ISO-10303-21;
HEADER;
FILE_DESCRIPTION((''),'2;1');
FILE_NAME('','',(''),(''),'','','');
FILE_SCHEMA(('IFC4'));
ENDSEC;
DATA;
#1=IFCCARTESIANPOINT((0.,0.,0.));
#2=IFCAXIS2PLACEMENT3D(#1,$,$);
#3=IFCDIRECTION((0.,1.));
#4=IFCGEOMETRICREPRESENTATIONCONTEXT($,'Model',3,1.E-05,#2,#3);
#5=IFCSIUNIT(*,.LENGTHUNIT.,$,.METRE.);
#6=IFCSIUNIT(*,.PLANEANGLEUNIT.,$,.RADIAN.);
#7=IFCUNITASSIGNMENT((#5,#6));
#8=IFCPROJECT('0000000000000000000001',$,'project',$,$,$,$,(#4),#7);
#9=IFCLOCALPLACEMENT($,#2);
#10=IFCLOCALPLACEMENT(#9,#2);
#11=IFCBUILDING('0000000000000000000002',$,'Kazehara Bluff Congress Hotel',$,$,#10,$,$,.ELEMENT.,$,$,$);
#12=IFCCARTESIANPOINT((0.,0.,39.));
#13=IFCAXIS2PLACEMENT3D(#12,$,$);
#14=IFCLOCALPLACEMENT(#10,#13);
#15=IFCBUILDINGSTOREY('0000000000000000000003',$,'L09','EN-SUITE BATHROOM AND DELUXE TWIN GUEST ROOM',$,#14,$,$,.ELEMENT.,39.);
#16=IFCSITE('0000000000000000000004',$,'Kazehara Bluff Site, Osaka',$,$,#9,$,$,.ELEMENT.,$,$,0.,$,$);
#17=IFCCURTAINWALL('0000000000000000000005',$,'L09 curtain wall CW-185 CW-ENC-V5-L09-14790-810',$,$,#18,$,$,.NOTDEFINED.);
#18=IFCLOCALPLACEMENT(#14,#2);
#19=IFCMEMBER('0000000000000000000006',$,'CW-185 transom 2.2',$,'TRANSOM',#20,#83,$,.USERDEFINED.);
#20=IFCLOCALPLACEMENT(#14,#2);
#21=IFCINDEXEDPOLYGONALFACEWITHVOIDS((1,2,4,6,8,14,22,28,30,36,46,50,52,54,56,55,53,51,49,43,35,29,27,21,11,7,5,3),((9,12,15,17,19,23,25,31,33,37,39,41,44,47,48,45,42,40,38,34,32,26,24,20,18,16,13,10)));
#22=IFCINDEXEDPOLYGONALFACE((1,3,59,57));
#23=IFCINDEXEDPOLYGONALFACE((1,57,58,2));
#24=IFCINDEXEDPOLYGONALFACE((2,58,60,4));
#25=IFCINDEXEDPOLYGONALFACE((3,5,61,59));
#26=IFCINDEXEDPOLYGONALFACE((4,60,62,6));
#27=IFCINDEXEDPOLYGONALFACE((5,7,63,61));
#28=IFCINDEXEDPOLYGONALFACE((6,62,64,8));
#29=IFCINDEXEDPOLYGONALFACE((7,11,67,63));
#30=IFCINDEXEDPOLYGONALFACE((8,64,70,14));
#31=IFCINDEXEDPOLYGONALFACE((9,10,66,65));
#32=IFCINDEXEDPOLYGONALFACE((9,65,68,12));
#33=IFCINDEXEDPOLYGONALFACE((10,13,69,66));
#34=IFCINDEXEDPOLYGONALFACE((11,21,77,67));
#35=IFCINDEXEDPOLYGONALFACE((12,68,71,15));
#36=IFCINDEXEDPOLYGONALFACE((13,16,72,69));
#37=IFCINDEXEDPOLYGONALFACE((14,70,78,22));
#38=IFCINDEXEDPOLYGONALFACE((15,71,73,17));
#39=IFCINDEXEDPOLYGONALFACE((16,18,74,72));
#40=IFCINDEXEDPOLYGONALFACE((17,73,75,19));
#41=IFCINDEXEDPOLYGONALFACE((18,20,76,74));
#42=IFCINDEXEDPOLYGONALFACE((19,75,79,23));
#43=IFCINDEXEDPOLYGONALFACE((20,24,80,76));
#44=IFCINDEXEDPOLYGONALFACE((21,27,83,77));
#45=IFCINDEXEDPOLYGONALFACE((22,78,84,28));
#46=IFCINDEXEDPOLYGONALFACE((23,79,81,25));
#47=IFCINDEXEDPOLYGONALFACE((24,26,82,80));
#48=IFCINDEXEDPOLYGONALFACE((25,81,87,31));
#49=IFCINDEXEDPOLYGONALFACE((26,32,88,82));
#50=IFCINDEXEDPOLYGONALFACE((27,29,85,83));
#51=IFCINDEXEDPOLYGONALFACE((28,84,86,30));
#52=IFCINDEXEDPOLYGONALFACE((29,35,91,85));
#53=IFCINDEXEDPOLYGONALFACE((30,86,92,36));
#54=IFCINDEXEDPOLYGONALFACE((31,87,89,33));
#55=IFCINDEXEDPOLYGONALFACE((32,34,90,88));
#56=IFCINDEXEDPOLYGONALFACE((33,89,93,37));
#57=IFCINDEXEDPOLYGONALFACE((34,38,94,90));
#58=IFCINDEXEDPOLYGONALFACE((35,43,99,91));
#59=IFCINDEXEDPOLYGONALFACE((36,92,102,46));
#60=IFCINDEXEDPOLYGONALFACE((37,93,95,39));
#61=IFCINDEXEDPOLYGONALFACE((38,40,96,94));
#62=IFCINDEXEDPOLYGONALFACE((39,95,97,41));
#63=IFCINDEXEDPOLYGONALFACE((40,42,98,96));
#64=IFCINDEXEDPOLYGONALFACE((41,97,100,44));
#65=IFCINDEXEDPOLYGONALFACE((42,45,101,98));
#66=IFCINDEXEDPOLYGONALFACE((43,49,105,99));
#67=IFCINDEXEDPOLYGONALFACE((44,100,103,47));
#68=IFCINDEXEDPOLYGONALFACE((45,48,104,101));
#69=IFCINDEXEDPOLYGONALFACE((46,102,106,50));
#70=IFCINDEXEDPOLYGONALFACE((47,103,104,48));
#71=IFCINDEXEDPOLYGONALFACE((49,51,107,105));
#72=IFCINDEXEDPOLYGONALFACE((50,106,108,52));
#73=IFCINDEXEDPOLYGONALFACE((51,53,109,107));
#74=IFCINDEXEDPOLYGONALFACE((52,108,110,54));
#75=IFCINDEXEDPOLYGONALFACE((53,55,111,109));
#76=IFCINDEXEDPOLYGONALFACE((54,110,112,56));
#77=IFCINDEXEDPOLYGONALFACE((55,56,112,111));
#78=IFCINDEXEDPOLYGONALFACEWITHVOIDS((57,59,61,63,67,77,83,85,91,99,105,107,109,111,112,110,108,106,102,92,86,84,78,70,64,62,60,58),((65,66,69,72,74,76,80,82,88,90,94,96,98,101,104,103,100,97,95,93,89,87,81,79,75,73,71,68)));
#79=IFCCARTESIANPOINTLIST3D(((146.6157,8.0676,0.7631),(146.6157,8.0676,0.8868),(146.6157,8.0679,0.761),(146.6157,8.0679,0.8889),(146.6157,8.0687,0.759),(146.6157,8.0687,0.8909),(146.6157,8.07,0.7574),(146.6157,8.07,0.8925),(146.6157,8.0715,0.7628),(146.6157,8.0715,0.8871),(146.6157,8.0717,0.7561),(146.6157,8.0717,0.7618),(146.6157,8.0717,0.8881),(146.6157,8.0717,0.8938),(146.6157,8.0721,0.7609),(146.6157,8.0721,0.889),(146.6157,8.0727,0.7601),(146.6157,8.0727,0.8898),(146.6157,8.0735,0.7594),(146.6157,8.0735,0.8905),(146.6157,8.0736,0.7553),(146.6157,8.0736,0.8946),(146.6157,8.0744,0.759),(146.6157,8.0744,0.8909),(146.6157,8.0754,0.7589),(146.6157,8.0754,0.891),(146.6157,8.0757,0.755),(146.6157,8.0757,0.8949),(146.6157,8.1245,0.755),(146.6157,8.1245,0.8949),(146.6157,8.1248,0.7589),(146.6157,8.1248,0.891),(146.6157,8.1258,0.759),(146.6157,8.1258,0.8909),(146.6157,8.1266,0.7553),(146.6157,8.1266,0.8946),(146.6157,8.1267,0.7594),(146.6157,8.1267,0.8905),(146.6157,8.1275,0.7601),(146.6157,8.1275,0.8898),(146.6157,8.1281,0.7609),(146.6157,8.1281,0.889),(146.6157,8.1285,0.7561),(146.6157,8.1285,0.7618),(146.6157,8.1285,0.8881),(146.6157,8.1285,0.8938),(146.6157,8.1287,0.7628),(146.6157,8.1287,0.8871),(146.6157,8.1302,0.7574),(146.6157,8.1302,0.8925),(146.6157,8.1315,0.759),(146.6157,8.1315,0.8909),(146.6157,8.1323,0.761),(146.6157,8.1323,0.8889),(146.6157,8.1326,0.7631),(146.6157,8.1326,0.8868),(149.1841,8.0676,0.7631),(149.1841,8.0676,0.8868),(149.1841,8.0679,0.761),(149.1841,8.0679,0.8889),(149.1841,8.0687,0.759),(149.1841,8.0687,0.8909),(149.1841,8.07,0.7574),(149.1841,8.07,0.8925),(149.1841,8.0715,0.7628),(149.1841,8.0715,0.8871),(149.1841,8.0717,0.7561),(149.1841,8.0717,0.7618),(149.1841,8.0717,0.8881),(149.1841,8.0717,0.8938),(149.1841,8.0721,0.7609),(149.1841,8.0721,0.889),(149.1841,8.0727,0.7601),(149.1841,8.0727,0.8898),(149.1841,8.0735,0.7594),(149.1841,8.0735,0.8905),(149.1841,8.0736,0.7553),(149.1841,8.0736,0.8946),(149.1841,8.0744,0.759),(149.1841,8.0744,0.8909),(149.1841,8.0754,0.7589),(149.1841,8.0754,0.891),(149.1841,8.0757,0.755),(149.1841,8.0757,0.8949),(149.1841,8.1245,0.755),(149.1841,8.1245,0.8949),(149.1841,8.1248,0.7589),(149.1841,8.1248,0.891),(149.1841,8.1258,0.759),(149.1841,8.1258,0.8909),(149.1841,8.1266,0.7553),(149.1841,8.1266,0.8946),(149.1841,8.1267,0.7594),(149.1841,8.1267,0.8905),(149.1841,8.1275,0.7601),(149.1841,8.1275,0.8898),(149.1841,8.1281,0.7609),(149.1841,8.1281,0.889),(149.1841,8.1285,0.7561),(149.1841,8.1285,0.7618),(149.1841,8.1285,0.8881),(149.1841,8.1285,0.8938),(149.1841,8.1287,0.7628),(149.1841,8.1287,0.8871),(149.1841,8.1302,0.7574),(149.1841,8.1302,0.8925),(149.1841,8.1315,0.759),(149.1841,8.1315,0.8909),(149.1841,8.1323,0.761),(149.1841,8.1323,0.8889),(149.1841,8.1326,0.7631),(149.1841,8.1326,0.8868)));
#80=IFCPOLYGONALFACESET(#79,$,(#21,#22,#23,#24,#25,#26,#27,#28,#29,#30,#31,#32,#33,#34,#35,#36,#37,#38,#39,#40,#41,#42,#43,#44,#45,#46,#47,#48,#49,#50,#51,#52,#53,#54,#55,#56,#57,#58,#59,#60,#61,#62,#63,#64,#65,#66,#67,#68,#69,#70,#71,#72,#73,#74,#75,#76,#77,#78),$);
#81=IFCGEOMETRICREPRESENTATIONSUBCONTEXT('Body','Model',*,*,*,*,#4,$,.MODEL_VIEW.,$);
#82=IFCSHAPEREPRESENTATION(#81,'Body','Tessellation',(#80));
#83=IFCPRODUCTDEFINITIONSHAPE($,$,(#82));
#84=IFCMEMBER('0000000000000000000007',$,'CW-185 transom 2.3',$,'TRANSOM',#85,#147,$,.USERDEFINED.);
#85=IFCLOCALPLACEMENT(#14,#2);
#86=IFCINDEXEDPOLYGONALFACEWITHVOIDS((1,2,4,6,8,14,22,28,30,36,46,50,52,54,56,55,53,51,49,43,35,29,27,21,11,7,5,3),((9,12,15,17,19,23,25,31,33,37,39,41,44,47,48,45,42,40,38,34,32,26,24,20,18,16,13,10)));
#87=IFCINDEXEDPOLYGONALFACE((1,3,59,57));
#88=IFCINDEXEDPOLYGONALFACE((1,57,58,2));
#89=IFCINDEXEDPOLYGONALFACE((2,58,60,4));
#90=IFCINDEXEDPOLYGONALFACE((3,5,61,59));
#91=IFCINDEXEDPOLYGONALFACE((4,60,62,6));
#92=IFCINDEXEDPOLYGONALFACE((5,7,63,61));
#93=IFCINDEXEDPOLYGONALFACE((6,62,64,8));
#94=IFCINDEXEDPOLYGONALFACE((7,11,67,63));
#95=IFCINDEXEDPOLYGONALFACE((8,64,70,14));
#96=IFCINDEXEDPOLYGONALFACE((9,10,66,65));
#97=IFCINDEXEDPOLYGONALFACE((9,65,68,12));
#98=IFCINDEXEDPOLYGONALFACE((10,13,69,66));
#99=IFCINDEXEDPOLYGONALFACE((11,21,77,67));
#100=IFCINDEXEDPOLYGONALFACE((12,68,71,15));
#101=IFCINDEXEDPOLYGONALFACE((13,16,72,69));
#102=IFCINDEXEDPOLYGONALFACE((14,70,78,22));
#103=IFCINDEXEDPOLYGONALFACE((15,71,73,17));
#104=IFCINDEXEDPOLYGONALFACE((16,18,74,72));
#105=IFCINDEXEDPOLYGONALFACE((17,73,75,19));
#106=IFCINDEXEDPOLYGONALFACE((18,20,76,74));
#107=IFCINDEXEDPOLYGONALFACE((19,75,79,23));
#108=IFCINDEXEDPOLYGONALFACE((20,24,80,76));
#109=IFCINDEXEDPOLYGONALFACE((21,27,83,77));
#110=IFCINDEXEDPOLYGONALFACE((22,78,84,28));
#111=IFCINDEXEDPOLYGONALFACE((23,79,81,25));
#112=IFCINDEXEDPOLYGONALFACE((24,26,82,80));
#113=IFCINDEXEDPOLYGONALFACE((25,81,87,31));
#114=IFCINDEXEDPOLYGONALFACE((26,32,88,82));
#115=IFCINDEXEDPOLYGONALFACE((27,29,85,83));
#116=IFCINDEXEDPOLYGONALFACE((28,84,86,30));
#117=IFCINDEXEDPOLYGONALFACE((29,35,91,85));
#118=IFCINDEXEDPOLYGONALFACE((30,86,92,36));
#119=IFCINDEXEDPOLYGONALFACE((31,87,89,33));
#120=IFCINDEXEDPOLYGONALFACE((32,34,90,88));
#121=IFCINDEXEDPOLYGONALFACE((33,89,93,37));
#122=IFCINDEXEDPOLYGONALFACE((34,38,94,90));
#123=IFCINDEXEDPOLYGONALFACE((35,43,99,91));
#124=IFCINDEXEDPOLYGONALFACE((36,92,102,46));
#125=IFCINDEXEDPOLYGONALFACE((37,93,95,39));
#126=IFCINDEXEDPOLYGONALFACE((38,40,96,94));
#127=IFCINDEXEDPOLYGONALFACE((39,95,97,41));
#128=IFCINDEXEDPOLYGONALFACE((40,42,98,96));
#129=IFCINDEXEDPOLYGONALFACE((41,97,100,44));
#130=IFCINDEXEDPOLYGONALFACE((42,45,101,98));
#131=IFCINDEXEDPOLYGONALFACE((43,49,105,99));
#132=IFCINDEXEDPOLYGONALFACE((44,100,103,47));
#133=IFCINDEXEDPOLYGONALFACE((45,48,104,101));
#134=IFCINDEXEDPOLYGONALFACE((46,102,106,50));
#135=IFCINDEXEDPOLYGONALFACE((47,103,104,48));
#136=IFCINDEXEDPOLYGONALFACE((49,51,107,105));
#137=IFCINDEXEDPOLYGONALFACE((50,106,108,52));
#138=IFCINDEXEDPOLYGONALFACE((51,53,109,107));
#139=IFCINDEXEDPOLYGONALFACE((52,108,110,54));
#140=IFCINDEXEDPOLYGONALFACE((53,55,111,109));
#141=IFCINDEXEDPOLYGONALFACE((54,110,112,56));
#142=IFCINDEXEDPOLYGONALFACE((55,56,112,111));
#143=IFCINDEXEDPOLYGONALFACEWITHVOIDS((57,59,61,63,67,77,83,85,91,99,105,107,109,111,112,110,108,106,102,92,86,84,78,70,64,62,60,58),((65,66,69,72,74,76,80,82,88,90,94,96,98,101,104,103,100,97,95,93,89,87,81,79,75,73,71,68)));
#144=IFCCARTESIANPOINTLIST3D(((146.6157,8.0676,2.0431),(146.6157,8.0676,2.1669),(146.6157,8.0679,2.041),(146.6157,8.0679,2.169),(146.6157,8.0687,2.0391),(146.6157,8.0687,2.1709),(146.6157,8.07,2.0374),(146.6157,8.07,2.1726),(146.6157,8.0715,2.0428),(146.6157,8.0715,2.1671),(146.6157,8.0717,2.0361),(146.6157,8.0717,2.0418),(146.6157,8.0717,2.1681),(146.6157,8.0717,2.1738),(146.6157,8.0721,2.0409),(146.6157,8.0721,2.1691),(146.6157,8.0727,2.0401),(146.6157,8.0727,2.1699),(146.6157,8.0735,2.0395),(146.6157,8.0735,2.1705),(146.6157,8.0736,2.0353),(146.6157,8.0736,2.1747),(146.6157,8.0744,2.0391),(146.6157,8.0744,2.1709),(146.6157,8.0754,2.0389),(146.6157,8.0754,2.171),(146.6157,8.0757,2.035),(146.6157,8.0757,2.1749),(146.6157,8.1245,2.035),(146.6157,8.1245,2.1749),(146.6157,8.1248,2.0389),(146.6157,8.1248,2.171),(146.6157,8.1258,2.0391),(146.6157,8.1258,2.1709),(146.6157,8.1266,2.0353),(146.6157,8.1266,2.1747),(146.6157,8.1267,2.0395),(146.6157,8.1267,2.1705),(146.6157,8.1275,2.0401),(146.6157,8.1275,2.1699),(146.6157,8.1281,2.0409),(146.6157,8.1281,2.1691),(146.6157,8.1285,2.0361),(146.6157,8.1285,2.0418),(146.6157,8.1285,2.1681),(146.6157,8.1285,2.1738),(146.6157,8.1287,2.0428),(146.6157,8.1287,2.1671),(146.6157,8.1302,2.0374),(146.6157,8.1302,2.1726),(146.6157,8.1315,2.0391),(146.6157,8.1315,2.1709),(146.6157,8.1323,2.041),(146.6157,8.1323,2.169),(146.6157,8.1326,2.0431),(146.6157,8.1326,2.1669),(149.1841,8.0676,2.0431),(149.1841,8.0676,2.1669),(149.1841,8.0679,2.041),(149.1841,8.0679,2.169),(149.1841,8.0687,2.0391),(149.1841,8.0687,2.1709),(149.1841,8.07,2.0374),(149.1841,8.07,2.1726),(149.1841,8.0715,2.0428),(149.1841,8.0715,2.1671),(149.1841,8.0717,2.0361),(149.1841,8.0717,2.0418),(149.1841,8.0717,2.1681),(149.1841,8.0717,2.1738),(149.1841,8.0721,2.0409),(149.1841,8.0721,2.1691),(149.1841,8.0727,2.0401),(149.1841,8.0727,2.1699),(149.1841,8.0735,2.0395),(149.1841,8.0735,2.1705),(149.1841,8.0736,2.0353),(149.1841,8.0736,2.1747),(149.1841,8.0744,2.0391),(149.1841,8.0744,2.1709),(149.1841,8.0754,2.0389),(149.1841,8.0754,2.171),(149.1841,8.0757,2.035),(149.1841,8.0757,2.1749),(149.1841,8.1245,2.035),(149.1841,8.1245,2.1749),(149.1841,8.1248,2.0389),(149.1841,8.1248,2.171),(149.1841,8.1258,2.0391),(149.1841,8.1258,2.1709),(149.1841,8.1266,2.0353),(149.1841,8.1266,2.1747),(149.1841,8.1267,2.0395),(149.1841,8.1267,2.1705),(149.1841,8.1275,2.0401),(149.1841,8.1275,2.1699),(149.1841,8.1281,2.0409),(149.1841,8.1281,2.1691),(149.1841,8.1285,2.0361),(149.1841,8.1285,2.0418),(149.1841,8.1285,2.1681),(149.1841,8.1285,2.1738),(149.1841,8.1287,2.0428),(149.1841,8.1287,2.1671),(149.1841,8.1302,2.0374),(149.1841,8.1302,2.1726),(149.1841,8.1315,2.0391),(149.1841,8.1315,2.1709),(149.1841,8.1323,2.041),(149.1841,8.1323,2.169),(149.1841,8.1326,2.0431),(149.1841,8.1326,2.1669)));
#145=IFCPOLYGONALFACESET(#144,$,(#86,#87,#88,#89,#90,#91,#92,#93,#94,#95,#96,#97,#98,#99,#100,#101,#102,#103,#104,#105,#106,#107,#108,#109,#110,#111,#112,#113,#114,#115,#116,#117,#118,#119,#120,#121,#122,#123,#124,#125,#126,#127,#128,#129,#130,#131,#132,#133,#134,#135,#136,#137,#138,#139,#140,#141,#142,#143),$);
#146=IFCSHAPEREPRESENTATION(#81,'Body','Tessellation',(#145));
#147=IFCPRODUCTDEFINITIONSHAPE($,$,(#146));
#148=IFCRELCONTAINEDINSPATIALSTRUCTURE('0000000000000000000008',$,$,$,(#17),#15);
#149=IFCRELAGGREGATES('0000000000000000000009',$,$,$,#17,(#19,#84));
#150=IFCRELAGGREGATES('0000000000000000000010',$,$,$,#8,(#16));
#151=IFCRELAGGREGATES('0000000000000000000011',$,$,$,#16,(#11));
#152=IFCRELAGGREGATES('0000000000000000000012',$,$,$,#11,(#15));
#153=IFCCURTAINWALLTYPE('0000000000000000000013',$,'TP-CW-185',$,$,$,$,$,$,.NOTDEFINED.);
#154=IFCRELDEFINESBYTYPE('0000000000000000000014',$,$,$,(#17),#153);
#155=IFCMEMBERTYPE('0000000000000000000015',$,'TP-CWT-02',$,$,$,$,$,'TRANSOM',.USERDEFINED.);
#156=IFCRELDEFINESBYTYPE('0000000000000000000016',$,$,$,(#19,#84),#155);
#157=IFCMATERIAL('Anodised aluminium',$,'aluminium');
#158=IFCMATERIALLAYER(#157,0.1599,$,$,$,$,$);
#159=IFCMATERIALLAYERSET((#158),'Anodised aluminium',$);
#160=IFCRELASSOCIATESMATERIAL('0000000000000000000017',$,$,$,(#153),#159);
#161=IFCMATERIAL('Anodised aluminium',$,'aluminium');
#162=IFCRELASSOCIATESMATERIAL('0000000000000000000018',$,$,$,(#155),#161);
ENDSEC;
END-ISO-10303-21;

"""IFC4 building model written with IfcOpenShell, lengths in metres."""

from ifc_helpers import new_model, si_unit, direction, frame, origin, origin_2d, place, context, subcontext, project, spatial, hollow_rectangle, extrude, material, layer, layer_set, material_profile, profile_set, type_object, element, aggregate, save


model = new_model("IFC4")

# Units and contexts
model_context = context("Model", 3, precision=1e-05, world=origin(), true_north=direction((0.0, 1.0)))
body_context = subcontext(model_context, "Body", "Model", "MODEL_VIEW")
ifc_project = project(units=[si_unit("LENGTHUNIT", "METRE"), si_unit("PLANEANGLEUNIT", "RADIAN")], contexts=[model_context])

# Site, building, storey
site_placement = place(None, origin())
site = spatial("IfcSite", under=ifc_project, at=site_placement, Name="Kazehara Bluff Site, Osaka", CompositionType="ELEMENT", RefElevation=0.0)
building_placement = place(site_placement, origin())
building = spatial("IfcBuilding", under=site, at=building_placement, Name="Kazehara Bluff Congress Hotel", CompositionType="ELEMENT")
storey_placement = place(building_placement, frame((0.0, 0.0, 39.0)))
storey = spatial("IfcBuildingStorey", under=building, at=storey_placement, Name="L09", Description="EN-SUITE BATHROOM AND DELUXE TWIN GUEST ROOM", CompositionType="ELEMENT", Elevation=39.0)

# Curtain wall, members
ifc_material_1 = material(Name="Anodised aluminium", Category="aluminium")
ifc_layer_1 = layer(ifc_material_1, 0.1599)
ifc_layer_set_1 = layer_set([ifc_layer_1], Name="Anodised aluminium")
curtain_wall_type = type_object("IfcCurtainWallType", Name="TP-CW-185", PredefinedType="NOTDEFINED", material=ifc_layer_set_1)
curtain_wall_placement = place(storey_placement, origin())
curtain_wall = element("IfcCurtainWall", 1, at=curtain_wall_placement, inside=storey, type_object=curtain_wall_type, Name="L09 curtain wall CW-185 CW-ENC-V5-L09-14790-810", PredefinedType="NOTDEFINED")
ifc_material_2 = material(Name="Anodised aluminium", Category="aluminium")
ifc_material_profile_1 = material_profile(ifc_material_2, hollow_rectangle(XDim=0.0649, YDim=0.1399, WallThickness=0.0039, InnerFilletRadius=0.0039, OuterFilletRadius=0.0081, at=origin_2d()))
ifc_profile_set_1 = profile_set([ifc_material_profile_1], Name="Anodised aluminium")
member_type_1 = type_object("IfcMemberType", Name="TP-CWT-02", ElementType="TRANSOM", PredefinedType="USERDEFINED", material=ifc_profile_set_1)
member_1_placement = place(storey_placement, frame((149.1841, 8.1001, 0.825), z_axis=(-1.0, 0.0, 0.0), x_axis=(0.0, -1.0, 0.0)))
member_1 = element("IfcMember", 2, at=member_1_placement, type_object=member_type_1, Name="CW-185 transom 2.2", ObjectType="TRANSOM", PredefinedType="USERDEFINED", context=body_context, shape_type="SweptSolid", body=[
    extrude(hollow_rectangle(XDim=0.0649, YDim=0.1399, WallThickness=0.0039, InnerFilletRadius=0.0039, OuterFilletRadius=0.0081, at=origin_2d()), origin(), (0.0, 0.0, 1.0), 2.5684),
])
member_2_placement = place(storey_placement, frame((149.1841, 8.1001, 2.105), z_axis=(-1.0, 0.0, 0.0), x_axis=(0.0, -1.0, 0.0)))
member_2 = element("IfcMember", 3, at=member_2_placement, type_object=member_type_1, Name="CW-185 transom 2.3", ObjectType="TRANSOM", PredefinedType="USERDEFINED", context=body_context, shape_type="SweptSolid", body=[
    extrude(hollow_rectangle(XDim=0.0649, YDim=0.1399, WallThickness=0.0039, InnerFilletRadius=0.0039, OuterFilletRadius=0.0081, at=origin_2d()), origin(), (0.0, 0.0, 1.0), 2.5684),
])

aggregate(curtain_wall, [member_1, member_2])

save(model, "model.ifc")
